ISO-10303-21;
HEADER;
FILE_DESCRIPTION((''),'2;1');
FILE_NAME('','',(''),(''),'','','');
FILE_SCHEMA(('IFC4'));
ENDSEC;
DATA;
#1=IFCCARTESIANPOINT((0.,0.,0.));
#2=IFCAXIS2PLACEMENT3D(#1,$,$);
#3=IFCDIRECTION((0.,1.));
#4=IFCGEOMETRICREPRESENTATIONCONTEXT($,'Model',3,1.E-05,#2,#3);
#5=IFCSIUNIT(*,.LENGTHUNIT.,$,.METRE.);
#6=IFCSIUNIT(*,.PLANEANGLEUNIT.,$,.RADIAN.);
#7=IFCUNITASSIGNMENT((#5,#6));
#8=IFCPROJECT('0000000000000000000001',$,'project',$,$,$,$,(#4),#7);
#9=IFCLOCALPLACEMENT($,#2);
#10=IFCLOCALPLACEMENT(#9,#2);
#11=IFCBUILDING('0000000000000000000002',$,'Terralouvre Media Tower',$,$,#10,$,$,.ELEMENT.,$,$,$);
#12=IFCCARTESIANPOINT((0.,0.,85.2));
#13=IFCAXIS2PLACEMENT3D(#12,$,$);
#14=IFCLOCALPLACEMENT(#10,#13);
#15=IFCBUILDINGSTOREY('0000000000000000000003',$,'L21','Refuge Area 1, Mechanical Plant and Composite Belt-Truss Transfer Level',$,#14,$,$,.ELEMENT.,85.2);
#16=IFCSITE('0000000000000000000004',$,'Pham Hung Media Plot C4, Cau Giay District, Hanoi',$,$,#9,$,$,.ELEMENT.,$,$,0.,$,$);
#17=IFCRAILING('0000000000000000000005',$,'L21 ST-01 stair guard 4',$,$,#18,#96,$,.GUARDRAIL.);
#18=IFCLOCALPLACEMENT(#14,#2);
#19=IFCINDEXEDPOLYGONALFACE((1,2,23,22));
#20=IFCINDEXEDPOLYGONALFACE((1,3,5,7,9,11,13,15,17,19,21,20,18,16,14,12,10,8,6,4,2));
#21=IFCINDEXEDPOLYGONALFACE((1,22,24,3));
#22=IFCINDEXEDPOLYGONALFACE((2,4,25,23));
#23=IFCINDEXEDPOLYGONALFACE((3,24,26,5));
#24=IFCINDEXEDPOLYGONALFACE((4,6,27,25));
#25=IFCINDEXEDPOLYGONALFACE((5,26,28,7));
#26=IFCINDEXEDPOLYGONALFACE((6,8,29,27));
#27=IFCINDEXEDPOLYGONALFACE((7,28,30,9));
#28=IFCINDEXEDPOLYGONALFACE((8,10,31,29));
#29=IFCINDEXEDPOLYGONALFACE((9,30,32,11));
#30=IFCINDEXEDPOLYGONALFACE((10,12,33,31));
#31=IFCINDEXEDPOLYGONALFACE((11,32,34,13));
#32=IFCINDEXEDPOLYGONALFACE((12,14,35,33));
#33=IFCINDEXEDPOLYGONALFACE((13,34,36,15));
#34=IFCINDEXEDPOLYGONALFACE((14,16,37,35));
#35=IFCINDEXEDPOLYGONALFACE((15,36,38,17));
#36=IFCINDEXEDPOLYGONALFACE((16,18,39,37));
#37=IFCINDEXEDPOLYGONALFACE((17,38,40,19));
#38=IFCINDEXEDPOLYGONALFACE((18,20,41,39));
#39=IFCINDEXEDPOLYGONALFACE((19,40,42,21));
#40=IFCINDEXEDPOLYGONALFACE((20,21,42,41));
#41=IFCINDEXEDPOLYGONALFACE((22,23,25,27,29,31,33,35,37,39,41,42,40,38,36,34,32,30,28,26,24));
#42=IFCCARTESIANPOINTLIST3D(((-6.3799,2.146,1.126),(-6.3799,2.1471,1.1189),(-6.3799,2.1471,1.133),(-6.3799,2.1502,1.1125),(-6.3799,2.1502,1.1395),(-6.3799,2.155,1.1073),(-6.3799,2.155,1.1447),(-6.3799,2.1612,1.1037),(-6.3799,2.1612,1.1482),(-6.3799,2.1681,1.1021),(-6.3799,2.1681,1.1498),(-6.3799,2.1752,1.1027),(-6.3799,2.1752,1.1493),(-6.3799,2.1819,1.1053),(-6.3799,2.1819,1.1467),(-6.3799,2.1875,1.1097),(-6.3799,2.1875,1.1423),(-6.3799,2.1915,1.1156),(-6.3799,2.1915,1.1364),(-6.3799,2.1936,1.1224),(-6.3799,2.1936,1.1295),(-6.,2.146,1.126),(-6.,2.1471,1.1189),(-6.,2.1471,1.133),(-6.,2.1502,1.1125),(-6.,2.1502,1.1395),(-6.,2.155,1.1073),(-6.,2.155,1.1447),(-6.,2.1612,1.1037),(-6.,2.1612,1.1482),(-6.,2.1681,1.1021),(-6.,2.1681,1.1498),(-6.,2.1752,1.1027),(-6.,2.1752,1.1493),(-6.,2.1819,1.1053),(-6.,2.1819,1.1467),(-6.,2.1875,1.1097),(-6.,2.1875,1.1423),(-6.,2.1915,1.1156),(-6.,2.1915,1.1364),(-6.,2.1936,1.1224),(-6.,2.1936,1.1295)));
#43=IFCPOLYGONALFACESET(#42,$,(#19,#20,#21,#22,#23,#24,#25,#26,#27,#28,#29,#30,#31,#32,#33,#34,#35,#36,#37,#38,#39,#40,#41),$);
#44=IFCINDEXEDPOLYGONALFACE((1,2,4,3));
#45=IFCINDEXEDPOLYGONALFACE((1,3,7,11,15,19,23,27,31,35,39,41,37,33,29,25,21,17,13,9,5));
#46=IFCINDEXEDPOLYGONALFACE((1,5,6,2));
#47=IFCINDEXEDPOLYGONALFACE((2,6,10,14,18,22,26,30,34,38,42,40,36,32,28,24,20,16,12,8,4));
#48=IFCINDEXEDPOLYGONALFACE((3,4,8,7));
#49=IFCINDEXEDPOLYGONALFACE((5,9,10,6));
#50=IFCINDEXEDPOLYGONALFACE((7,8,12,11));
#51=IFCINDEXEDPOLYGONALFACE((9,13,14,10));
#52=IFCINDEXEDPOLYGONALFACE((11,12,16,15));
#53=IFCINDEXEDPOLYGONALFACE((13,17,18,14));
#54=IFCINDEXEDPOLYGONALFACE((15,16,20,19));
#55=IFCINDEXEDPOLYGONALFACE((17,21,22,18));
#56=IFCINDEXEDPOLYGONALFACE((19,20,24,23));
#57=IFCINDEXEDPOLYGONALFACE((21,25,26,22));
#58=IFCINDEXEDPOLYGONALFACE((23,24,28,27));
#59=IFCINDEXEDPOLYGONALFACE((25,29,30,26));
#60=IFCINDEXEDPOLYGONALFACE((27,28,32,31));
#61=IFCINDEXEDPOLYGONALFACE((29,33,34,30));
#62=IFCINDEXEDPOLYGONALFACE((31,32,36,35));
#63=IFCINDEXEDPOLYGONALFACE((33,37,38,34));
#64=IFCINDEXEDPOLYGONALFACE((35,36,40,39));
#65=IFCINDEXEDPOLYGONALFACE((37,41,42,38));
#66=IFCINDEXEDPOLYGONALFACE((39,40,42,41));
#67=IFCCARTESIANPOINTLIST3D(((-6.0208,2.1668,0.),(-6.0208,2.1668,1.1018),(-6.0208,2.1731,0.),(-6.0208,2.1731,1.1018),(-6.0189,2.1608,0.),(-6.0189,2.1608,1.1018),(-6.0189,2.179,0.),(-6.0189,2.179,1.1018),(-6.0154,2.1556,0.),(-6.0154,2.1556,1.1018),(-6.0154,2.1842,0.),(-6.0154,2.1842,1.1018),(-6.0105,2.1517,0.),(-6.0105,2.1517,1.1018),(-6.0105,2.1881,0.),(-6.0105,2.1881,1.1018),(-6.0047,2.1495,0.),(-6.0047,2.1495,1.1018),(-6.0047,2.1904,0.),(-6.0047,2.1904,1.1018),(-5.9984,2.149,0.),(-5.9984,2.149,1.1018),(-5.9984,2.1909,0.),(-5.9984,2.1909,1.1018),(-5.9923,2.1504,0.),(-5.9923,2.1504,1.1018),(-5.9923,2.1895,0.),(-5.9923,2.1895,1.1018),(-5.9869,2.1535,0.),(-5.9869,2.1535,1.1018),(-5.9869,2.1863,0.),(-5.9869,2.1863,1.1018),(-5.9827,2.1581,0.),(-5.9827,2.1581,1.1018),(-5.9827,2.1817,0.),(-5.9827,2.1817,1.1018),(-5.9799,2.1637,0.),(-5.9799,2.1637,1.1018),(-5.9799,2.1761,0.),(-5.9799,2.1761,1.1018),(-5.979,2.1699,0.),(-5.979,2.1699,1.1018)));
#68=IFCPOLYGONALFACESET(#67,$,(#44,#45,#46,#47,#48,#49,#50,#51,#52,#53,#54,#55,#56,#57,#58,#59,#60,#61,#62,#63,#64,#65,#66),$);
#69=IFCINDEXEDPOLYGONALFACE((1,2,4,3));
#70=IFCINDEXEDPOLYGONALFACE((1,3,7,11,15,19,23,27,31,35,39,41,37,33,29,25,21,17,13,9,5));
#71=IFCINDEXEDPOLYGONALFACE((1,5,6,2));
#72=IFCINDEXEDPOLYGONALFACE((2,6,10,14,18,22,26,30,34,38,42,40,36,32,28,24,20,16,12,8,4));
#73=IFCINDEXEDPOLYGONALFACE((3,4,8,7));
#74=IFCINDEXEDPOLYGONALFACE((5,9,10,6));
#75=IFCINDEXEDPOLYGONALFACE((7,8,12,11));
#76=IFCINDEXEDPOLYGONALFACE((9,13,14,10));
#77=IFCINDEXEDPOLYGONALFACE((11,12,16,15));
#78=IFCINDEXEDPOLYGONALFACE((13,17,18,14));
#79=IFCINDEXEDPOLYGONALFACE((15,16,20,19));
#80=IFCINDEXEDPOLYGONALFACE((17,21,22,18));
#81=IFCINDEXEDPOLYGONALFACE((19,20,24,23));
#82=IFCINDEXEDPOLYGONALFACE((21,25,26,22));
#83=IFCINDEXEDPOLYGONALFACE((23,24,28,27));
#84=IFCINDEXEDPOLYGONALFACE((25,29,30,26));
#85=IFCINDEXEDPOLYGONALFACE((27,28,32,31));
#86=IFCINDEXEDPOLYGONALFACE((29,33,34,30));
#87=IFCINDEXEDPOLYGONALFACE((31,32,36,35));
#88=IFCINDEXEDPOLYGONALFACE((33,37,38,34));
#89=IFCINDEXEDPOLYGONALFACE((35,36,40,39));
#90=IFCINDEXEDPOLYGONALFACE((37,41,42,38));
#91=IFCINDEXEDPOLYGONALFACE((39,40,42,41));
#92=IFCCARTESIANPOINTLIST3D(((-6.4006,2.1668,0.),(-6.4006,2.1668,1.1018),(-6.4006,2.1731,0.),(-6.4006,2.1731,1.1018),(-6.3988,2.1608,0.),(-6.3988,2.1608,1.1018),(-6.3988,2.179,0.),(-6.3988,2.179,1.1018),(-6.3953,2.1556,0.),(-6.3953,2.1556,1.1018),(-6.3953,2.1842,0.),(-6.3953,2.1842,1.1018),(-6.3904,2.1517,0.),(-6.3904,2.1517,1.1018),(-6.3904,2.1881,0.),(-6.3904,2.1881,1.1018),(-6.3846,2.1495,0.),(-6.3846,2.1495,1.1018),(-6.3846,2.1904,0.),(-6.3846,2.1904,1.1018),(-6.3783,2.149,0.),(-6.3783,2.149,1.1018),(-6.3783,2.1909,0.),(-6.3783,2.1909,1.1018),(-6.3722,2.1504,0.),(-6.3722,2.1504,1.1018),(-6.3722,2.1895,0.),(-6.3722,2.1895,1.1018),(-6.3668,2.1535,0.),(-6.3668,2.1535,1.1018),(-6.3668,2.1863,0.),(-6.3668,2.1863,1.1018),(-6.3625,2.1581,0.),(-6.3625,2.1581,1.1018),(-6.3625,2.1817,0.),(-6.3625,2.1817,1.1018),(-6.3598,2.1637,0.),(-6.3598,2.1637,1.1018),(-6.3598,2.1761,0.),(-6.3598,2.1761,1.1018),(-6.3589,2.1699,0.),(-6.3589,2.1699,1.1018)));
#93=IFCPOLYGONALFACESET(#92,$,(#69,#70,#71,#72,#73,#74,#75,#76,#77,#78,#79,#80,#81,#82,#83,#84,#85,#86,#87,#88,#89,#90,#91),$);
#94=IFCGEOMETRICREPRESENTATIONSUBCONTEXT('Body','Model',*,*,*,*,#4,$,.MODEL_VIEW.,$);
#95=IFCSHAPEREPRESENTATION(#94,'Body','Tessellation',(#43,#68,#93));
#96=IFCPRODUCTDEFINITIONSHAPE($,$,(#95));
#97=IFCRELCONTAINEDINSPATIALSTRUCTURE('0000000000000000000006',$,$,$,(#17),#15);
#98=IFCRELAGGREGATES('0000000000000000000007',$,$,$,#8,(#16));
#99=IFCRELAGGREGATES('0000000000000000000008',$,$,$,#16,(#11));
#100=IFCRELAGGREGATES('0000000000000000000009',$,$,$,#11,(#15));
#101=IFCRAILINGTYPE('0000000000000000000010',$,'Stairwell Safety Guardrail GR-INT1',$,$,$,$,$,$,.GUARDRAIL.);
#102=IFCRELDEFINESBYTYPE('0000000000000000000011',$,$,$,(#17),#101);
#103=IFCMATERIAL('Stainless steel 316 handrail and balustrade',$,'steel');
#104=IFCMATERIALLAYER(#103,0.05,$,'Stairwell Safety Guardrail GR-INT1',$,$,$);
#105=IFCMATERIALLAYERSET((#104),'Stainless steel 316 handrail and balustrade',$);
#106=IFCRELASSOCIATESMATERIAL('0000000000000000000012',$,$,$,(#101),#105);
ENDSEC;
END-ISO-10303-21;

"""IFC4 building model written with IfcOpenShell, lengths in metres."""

from ifc_helpers import new_model, si_unit, direction, frame, origin, origin_2d, place, context, subcontext, project, spatial, circle, extrude, material, layer, layer_set, type_object, element, save


model = new_model("IFC4")

# Units and contexts
model_context = context("Model", 3, precision=1e-05, world=origin(), true_north=direction((0.0, 1.0)))
body_context = subcontext(model_context, "Body", "Model", "MODEL_VIEW")
ifc_project = project(units=[si_unit("LENGTHUNIT", "METRE"), si_unit("PLANEANGLEUNIT", "RADIAN")], contexts=[model_context])

# Site, building, storey
site_placement = place(None, origin())
site = spatial("IfcSite", under=ifc_project, at=site_placement, Name="Pham Hung Media Plot C4, Cau Giay District, Hanoi", CompositionType="ELEMENT", RefElevation=0.0)
building_placement = place(site_placement, origin())
building = spatial("IfcBuilding", under=site, at=building_placement, Name="Terralouvre Media Tower", CompositionType="ELEMENT")
storey_placement = place(building_placement, frame((0.0, 0.0, 85.2)))
storey = spatial("IfcBuildingStorey", under=building, at=storey_placement, Name="L21", Description="Refuge Area 1, Mechanical Plant and Composite Belt-Truss Transfer Level", CompositionType="ELEMENT", Elevation=85.2)

# Railing
ifc_material_1 = material(Name="Stainless steel 316 handrail and balustrade", Category="steel")
ifc_layer_1 = layer(ifc_material_1, 0.05, Name="Stairwell Safety Guardrail GR-INT1")
ifc_layer_set_1 = layer_set([ifc_layer_1], Name="Stainless steel 316 handrail and balustrade")
railing_type_1 = type_object("IfcRailingType", Name="Stairwell Safety Guardrail GR-INT1", PredefinedType="GUARDRAIL", material=ifc_layer_set_1)
railing_1_placement = place(storey_placement, frame((-6.0, 2.1699, 0.0)))
element("IfcRailing", 1, at=railing_1_placement, inside=storey, type_object=railing_type_1, Name="L21 ST-01 stair guard 4", PredefinedType="GUARDRAIL", context=body_context, shape_type="SweptSolid", body=[
    extrude(circle(Radius=0.0239, at=origin_2d()), frame((0.0, 0.0, 1.126), z_axis=(-1.0, 0.0, 0.0), x_axis=(0.0, -1.0, 0.0)), (0.0, 0.0, 1.0), 0.3799),
    extrude(circle(Radius=0.021, at=origin_2d()), origin(), (0.0, 0.0, 1.0), 1.1018),
    extrude(circle(Radius=0.021, at=origin_2d()), frame((-0.3799, 0.0, 0.0)), (0.0, 0.0, 1.0), 1.1018),
])

save(model, "model.ifc")
